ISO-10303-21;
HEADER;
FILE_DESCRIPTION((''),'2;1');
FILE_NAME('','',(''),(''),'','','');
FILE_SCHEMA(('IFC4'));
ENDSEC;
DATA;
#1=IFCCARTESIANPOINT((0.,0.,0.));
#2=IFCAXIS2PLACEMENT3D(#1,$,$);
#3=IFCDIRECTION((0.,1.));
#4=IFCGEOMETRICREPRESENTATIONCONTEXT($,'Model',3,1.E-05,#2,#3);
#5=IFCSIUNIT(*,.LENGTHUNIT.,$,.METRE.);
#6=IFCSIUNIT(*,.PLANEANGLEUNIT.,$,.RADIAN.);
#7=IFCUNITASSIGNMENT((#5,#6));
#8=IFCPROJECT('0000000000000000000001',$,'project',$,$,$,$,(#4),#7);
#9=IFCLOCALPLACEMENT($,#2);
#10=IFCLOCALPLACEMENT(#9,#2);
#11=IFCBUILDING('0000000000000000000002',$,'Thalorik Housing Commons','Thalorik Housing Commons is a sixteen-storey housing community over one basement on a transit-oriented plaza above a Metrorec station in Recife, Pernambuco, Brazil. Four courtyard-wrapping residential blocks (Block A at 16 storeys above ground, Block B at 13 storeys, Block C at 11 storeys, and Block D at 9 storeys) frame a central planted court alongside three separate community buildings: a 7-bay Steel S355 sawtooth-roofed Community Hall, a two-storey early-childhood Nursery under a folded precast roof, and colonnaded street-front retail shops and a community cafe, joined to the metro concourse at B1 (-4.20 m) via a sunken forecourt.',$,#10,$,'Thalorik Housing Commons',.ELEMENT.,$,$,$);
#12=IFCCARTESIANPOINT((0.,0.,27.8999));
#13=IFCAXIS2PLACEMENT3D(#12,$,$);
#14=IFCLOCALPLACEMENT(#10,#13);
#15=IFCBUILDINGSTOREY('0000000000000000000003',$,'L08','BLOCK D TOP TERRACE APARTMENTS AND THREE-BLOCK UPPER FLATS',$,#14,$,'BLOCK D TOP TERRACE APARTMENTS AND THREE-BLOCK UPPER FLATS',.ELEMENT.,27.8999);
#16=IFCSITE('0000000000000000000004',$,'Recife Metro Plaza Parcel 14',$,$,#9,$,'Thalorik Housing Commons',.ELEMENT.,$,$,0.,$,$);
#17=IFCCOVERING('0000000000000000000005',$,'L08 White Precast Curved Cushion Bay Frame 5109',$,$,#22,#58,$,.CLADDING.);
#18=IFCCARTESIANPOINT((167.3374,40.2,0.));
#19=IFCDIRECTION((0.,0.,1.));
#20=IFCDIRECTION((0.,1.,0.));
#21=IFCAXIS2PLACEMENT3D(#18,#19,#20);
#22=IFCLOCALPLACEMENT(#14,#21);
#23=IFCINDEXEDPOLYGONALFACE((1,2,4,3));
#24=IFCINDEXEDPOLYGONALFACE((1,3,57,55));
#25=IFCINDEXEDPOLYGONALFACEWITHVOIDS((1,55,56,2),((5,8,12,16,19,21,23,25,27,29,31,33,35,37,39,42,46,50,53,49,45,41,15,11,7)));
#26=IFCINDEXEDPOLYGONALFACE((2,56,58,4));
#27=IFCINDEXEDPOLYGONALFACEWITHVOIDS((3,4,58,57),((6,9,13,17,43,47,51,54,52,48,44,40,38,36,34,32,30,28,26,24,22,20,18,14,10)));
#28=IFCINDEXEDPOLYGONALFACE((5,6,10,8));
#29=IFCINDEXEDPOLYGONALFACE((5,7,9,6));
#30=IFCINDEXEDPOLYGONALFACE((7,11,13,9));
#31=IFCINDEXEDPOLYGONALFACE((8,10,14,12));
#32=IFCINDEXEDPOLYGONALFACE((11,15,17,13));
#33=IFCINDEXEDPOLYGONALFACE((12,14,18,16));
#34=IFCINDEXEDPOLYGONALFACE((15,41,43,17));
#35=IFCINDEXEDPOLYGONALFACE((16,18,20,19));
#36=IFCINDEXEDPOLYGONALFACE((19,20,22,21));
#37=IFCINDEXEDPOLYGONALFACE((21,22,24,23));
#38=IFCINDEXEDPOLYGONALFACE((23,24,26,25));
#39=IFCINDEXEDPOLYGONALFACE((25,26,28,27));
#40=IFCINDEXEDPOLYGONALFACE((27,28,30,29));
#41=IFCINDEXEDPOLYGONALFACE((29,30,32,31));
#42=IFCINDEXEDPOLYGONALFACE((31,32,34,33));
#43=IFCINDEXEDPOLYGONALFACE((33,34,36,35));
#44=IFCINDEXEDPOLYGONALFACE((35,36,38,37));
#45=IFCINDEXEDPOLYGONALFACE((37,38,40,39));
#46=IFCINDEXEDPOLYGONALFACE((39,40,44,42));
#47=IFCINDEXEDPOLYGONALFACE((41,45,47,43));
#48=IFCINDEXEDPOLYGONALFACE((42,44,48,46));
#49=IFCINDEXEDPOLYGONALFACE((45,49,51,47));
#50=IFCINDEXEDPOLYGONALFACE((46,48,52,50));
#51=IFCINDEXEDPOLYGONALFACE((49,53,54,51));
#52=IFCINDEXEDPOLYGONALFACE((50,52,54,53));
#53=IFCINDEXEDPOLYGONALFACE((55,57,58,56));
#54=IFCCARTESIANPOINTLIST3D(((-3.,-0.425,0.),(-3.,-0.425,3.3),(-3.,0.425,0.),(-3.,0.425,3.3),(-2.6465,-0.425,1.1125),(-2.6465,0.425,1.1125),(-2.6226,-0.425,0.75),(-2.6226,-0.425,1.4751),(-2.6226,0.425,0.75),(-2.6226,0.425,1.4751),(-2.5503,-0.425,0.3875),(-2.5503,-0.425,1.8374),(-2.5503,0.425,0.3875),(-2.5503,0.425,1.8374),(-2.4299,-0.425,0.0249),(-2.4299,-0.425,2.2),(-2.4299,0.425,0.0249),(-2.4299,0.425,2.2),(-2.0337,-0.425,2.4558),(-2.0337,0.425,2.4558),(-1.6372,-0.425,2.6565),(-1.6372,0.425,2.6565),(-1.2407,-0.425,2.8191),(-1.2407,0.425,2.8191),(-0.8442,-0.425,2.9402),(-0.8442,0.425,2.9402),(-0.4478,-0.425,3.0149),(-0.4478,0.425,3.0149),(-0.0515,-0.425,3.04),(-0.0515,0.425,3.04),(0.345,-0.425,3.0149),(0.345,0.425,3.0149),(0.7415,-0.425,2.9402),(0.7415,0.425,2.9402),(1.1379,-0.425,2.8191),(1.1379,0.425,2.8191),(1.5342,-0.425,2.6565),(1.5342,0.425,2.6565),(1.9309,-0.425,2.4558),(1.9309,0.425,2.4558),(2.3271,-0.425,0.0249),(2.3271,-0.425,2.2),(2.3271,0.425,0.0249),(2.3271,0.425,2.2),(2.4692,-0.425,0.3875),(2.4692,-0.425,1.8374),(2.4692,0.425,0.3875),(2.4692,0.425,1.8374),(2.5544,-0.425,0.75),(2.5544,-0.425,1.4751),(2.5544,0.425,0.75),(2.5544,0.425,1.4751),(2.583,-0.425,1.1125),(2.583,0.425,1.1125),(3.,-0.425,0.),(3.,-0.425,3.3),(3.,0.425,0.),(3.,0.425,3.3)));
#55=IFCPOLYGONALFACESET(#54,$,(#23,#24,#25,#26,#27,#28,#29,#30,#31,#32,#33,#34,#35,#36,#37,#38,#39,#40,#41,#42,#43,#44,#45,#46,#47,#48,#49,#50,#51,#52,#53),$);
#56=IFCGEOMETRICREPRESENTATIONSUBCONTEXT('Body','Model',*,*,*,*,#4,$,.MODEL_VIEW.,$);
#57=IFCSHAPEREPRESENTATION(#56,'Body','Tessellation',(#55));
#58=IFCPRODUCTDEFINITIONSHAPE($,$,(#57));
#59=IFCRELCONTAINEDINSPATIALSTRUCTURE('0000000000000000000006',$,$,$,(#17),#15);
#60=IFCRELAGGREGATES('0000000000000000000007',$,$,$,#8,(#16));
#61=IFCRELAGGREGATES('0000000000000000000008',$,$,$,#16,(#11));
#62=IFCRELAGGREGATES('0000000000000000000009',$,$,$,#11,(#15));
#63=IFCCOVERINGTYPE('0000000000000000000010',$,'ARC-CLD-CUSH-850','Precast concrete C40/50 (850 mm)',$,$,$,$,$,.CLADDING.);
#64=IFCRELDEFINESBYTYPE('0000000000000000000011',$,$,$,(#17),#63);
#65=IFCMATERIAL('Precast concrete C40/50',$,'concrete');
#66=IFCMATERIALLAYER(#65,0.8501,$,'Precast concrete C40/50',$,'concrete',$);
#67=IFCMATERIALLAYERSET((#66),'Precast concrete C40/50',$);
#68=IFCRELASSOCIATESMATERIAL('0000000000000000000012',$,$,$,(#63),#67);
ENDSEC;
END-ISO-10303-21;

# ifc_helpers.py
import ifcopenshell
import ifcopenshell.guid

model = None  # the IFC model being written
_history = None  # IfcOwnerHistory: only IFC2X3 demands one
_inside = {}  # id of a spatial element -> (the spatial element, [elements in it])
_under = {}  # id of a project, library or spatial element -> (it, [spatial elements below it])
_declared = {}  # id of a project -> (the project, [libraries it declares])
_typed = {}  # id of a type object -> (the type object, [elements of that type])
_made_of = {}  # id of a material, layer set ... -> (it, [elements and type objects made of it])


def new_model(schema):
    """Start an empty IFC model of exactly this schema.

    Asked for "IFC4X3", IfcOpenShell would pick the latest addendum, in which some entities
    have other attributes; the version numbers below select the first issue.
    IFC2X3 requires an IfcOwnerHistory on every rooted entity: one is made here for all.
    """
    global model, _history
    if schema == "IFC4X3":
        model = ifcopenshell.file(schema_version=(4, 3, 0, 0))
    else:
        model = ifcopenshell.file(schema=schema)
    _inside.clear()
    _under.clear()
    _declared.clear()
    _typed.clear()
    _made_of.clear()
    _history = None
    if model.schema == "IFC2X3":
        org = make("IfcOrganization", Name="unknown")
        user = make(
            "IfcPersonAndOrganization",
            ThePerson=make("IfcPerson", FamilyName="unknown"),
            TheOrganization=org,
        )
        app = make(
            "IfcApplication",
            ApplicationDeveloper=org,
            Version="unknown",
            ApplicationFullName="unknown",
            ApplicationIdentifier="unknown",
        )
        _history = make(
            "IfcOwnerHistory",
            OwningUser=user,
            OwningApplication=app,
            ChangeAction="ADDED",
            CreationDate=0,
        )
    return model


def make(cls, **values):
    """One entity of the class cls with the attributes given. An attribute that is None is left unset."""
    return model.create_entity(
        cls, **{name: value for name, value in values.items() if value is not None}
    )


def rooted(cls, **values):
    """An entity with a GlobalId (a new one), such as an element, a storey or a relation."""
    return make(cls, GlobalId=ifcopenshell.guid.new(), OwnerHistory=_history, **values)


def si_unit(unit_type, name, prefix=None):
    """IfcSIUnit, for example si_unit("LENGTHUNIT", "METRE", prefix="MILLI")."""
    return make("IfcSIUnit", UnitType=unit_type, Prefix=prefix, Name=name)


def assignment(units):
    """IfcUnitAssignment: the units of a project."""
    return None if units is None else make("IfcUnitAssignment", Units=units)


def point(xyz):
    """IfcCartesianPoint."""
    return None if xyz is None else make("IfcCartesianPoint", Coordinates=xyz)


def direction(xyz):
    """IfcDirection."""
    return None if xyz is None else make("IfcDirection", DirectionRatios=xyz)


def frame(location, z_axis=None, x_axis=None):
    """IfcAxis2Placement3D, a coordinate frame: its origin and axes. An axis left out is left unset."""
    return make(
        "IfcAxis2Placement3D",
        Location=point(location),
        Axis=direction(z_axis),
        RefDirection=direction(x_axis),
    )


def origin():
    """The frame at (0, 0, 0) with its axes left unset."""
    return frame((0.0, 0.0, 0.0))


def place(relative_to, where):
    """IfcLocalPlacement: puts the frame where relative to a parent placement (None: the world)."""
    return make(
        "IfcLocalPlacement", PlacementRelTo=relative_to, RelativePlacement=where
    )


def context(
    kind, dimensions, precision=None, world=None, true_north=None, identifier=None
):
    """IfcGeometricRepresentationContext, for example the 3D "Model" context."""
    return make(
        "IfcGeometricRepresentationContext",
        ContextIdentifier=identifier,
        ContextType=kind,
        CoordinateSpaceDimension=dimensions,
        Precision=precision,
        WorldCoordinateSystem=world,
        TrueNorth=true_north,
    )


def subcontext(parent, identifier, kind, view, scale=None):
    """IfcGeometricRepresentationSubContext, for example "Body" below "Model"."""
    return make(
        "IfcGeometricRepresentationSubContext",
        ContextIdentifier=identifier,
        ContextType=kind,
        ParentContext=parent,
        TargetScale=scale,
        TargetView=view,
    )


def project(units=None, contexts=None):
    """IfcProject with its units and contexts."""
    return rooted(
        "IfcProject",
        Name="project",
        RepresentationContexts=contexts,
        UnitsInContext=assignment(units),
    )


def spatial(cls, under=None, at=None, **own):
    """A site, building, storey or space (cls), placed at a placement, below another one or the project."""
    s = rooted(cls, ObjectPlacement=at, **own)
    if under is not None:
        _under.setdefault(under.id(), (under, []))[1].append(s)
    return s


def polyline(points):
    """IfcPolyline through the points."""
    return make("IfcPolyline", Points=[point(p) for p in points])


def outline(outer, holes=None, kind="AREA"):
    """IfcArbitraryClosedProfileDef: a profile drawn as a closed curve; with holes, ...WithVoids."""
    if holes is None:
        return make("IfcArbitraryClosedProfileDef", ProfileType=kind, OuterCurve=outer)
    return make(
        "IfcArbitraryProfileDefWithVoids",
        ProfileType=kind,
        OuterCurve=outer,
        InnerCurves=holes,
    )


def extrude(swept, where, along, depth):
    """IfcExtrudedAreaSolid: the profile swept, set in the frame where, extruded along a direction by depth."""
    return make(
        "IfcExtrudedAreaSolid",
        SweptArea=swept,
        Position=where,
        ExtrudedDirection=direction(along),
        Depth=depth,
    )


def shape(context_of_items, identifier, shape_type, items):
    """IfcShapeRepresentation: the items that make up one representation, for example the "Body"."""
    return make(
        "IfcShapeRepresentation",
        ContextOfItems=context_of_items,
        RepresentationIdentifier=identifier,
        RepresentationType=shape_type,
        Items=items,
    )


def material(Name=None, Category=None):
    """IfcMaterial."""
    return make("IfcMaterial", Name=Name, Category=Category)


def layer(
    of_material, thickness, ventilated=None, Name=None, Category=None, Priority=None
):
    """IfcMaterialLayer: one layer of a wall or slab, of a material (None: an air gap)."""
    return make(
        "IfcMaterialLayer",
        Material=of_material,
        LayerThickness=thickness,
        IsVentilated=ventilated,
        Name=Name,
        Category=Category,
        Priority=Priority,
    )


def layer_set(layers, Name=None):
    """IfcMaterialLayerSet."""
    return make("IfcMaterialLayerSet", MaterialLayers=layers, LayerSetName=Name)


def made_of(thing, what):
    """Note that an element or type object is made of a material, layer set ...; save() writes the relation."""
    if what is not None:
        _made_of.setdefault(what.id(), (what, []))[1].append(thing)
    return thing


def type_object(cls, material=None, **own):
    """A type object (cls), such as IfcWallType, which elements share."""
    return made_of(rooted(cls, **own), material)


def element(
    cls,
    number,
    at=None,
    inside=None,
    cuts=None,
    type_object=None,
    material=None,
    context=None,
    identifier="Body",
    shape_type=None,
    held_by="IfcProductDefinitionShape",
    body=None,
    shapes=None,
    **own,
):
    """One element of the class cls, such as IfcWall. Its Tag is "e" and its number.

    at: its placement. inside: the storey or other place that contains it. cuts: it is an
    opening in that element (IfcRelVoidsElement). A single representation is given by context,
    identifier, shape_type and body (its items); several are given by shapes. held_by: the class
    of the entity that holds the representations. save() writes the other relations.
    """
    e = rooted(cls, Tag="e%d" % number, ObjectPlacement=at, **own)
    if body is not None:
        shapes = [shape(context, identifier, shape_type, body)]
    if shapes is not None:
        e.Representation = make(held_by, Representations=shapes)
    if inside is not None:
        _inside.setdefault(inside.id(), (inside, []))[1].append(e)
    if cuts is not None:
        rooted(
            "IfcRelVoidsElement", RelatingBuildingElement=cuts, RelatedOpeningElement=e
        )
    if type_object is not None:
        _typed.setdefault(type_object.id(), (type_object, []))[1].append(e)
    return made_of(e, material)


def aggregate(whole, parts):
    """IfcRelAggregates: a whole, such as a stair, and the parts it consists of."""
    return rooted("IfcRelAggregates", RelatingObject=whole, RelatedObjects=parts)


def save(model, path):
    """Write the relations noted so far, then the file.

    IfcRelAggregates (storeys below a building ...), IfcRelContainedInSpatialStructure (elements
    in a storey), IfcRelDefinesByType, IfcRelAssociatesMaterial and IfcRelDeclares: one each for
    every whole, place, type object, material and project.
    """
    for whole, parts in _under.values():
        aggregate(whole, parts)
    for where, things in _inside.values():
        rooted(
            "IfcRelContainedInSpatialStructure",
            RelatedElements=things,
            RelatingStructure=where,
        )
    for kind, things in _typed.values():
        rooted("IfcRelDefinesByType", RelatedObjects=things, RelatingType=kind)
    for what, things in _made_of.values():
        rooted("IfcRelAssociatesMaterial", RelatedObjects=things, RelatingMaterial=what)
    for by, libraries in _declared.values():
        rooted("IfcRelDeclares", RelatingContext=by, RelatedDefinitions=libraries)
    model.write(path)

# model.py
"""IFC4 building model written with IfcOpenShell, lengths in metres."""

from ifc_helpers import new_model, si_unit, direction, frame, origin, place, context, subcontext, project, spatial, polyline, outline, extrude, material, layer, layer_set, type_object, element, save


model = new_model("IFC4")

# Units and contexts
model_context = context("Model", 3, precision=1e-05, world=origin(), true_north=direction((0.0, 1.0)))
body_context = subcontext(model_context, "Body", "Model", "MODEL_VIEW")
ifc_project = project(units=[si_unit("LENGTHUNIT", "METRE"), si_unit("PLANEANGLEUNIT", "RADIAN")], contexts=[model_context])

# Site, building, storey
site_placement = place(None, origin())
site = spatial("IfcSite", under=ifc_project, at=site_placement, Name="Recife Metro Plaza Parcel 14", LongName="Thalorik Housing Commons", CompositionType="ELEMENT", RefElevation=0.0)
building_placement = place(site_placement, origin())
building = spatial("IfcBuilding", under=site, at=building_placement, Name="Thalorik Housing Commons", Description="Thalorik Housing Commons is a sixteen-storey housing community over one basement on a transit-oriented plaza above a Metrorec station in Recife, Pernambuco, Brazil. Four courtyard-wrapping residential blocks (Block A at 16 storeys above ground, Block B at 13 storeys, Block C at 11 storeys, and Block D at 9 storeys) frame a central planted court alongside three separate community buildings: a 7-bay Steel S355 sawtooth-roofed Community Hall, a two-storey early-childhood Nursery under a folded precast roof, and colonnaded street-front retail shops and a community cafe, joined to the metro concourse at B1 (-4.20 m) via a sunken forecourt.", LongName="Thalorik Housing Commons", CompositionType="ELEMENT")
storey_placement = place(building_placement, frame((0.0, 0.0, 27.8999)))
storey = spatial("IfcBuildingStorey", under=building, at=storey_placement, Name="L08", Description="BLOCK D TOP TERRACE APARTMENTS AND THREE-BLOCK UPPER FLATS", LongName="BLOCK D TOP TERRACE APARTMENTS AND THREE-BLOCK UPPER FLATS", CompositionType="ELEMENT", Elevation=27.8999)

# Shared definitions
ifc_material_1 = material(Name="Precast concrete C40/50", Category="concrete")

# Covering
ifc_layer_1 = layer(ifc_material_1, 0.8501, Name="Precast concrete C40/50", Category="concrete")
ifc_layer_set_1 = layer_set([ifc_layer_1], Name="Precast concrete C40/50")
covering_type_1 = type_object("IfcCoveringType", Name="ARC-CLD-CUSH-850", Description="Precast concrete C40/50 (850 mm)", PredefinedType="CLADDING", material=ifc_layer_set_1)
covering_1_placement = place(storey_placement, frame((167.3374, 40.2, 0.0), z_axis=(0.0, 0.0, 1.0), x_axis=(0.0, 1.0, 0.0)))
element("IfcCovering", 1, at=covering_1_placement, inside=storey, type_object=covering_type_1, Name="L08 White Precast Curved Cushion Bay Frame 5109", PredefinedType="CLADDING", context=body_context, shape_type="SweptSolid", body=[
    extrude(outline(polyline([(-3.0, 0.0), (3.0, 0.0), (3.0, 3.3), (-3.0, 3.3), (-3.0, 0.0)]), holes=[polyline([(2.3271, 0.0249), (2.4692, 0.3875), (2.5544, 0.75), (2.583, 1.1125), (2.5544, 1.4751), (2.4692, 1.8374), (2.3271, 2.2), (1.9309, 2.4558), (1.5342, 2.6565), (1.1379, 2.8191), (0.7415, 2.9402), (0.345, 3.0149), (-0.0515, 3.04), (-0.4478, 3.0149), (-0.8442, 2.9402), (-1.2407, 2.8191), (-1.6372, 2.6565), (-2.0337, 2.4558), (-2.4299, 2.2), (-2.5503, 1.8374), (-2.6226, 1.4751), (-2.6465, 1.1125), (-2.6226, 0.75), (-2.5503, 0.3875), (-2.4299, 0.0249), (2.3271, 0.0249)])]), frame((0.0, 0.425, 0.0), z_axis=(0.0, -1.0, 0.0), x_axis=(1.0, 0.0, 0.0)), (0.0, 0.0, 1.0), 0.8501),
])

save(model, "model.ifc")
